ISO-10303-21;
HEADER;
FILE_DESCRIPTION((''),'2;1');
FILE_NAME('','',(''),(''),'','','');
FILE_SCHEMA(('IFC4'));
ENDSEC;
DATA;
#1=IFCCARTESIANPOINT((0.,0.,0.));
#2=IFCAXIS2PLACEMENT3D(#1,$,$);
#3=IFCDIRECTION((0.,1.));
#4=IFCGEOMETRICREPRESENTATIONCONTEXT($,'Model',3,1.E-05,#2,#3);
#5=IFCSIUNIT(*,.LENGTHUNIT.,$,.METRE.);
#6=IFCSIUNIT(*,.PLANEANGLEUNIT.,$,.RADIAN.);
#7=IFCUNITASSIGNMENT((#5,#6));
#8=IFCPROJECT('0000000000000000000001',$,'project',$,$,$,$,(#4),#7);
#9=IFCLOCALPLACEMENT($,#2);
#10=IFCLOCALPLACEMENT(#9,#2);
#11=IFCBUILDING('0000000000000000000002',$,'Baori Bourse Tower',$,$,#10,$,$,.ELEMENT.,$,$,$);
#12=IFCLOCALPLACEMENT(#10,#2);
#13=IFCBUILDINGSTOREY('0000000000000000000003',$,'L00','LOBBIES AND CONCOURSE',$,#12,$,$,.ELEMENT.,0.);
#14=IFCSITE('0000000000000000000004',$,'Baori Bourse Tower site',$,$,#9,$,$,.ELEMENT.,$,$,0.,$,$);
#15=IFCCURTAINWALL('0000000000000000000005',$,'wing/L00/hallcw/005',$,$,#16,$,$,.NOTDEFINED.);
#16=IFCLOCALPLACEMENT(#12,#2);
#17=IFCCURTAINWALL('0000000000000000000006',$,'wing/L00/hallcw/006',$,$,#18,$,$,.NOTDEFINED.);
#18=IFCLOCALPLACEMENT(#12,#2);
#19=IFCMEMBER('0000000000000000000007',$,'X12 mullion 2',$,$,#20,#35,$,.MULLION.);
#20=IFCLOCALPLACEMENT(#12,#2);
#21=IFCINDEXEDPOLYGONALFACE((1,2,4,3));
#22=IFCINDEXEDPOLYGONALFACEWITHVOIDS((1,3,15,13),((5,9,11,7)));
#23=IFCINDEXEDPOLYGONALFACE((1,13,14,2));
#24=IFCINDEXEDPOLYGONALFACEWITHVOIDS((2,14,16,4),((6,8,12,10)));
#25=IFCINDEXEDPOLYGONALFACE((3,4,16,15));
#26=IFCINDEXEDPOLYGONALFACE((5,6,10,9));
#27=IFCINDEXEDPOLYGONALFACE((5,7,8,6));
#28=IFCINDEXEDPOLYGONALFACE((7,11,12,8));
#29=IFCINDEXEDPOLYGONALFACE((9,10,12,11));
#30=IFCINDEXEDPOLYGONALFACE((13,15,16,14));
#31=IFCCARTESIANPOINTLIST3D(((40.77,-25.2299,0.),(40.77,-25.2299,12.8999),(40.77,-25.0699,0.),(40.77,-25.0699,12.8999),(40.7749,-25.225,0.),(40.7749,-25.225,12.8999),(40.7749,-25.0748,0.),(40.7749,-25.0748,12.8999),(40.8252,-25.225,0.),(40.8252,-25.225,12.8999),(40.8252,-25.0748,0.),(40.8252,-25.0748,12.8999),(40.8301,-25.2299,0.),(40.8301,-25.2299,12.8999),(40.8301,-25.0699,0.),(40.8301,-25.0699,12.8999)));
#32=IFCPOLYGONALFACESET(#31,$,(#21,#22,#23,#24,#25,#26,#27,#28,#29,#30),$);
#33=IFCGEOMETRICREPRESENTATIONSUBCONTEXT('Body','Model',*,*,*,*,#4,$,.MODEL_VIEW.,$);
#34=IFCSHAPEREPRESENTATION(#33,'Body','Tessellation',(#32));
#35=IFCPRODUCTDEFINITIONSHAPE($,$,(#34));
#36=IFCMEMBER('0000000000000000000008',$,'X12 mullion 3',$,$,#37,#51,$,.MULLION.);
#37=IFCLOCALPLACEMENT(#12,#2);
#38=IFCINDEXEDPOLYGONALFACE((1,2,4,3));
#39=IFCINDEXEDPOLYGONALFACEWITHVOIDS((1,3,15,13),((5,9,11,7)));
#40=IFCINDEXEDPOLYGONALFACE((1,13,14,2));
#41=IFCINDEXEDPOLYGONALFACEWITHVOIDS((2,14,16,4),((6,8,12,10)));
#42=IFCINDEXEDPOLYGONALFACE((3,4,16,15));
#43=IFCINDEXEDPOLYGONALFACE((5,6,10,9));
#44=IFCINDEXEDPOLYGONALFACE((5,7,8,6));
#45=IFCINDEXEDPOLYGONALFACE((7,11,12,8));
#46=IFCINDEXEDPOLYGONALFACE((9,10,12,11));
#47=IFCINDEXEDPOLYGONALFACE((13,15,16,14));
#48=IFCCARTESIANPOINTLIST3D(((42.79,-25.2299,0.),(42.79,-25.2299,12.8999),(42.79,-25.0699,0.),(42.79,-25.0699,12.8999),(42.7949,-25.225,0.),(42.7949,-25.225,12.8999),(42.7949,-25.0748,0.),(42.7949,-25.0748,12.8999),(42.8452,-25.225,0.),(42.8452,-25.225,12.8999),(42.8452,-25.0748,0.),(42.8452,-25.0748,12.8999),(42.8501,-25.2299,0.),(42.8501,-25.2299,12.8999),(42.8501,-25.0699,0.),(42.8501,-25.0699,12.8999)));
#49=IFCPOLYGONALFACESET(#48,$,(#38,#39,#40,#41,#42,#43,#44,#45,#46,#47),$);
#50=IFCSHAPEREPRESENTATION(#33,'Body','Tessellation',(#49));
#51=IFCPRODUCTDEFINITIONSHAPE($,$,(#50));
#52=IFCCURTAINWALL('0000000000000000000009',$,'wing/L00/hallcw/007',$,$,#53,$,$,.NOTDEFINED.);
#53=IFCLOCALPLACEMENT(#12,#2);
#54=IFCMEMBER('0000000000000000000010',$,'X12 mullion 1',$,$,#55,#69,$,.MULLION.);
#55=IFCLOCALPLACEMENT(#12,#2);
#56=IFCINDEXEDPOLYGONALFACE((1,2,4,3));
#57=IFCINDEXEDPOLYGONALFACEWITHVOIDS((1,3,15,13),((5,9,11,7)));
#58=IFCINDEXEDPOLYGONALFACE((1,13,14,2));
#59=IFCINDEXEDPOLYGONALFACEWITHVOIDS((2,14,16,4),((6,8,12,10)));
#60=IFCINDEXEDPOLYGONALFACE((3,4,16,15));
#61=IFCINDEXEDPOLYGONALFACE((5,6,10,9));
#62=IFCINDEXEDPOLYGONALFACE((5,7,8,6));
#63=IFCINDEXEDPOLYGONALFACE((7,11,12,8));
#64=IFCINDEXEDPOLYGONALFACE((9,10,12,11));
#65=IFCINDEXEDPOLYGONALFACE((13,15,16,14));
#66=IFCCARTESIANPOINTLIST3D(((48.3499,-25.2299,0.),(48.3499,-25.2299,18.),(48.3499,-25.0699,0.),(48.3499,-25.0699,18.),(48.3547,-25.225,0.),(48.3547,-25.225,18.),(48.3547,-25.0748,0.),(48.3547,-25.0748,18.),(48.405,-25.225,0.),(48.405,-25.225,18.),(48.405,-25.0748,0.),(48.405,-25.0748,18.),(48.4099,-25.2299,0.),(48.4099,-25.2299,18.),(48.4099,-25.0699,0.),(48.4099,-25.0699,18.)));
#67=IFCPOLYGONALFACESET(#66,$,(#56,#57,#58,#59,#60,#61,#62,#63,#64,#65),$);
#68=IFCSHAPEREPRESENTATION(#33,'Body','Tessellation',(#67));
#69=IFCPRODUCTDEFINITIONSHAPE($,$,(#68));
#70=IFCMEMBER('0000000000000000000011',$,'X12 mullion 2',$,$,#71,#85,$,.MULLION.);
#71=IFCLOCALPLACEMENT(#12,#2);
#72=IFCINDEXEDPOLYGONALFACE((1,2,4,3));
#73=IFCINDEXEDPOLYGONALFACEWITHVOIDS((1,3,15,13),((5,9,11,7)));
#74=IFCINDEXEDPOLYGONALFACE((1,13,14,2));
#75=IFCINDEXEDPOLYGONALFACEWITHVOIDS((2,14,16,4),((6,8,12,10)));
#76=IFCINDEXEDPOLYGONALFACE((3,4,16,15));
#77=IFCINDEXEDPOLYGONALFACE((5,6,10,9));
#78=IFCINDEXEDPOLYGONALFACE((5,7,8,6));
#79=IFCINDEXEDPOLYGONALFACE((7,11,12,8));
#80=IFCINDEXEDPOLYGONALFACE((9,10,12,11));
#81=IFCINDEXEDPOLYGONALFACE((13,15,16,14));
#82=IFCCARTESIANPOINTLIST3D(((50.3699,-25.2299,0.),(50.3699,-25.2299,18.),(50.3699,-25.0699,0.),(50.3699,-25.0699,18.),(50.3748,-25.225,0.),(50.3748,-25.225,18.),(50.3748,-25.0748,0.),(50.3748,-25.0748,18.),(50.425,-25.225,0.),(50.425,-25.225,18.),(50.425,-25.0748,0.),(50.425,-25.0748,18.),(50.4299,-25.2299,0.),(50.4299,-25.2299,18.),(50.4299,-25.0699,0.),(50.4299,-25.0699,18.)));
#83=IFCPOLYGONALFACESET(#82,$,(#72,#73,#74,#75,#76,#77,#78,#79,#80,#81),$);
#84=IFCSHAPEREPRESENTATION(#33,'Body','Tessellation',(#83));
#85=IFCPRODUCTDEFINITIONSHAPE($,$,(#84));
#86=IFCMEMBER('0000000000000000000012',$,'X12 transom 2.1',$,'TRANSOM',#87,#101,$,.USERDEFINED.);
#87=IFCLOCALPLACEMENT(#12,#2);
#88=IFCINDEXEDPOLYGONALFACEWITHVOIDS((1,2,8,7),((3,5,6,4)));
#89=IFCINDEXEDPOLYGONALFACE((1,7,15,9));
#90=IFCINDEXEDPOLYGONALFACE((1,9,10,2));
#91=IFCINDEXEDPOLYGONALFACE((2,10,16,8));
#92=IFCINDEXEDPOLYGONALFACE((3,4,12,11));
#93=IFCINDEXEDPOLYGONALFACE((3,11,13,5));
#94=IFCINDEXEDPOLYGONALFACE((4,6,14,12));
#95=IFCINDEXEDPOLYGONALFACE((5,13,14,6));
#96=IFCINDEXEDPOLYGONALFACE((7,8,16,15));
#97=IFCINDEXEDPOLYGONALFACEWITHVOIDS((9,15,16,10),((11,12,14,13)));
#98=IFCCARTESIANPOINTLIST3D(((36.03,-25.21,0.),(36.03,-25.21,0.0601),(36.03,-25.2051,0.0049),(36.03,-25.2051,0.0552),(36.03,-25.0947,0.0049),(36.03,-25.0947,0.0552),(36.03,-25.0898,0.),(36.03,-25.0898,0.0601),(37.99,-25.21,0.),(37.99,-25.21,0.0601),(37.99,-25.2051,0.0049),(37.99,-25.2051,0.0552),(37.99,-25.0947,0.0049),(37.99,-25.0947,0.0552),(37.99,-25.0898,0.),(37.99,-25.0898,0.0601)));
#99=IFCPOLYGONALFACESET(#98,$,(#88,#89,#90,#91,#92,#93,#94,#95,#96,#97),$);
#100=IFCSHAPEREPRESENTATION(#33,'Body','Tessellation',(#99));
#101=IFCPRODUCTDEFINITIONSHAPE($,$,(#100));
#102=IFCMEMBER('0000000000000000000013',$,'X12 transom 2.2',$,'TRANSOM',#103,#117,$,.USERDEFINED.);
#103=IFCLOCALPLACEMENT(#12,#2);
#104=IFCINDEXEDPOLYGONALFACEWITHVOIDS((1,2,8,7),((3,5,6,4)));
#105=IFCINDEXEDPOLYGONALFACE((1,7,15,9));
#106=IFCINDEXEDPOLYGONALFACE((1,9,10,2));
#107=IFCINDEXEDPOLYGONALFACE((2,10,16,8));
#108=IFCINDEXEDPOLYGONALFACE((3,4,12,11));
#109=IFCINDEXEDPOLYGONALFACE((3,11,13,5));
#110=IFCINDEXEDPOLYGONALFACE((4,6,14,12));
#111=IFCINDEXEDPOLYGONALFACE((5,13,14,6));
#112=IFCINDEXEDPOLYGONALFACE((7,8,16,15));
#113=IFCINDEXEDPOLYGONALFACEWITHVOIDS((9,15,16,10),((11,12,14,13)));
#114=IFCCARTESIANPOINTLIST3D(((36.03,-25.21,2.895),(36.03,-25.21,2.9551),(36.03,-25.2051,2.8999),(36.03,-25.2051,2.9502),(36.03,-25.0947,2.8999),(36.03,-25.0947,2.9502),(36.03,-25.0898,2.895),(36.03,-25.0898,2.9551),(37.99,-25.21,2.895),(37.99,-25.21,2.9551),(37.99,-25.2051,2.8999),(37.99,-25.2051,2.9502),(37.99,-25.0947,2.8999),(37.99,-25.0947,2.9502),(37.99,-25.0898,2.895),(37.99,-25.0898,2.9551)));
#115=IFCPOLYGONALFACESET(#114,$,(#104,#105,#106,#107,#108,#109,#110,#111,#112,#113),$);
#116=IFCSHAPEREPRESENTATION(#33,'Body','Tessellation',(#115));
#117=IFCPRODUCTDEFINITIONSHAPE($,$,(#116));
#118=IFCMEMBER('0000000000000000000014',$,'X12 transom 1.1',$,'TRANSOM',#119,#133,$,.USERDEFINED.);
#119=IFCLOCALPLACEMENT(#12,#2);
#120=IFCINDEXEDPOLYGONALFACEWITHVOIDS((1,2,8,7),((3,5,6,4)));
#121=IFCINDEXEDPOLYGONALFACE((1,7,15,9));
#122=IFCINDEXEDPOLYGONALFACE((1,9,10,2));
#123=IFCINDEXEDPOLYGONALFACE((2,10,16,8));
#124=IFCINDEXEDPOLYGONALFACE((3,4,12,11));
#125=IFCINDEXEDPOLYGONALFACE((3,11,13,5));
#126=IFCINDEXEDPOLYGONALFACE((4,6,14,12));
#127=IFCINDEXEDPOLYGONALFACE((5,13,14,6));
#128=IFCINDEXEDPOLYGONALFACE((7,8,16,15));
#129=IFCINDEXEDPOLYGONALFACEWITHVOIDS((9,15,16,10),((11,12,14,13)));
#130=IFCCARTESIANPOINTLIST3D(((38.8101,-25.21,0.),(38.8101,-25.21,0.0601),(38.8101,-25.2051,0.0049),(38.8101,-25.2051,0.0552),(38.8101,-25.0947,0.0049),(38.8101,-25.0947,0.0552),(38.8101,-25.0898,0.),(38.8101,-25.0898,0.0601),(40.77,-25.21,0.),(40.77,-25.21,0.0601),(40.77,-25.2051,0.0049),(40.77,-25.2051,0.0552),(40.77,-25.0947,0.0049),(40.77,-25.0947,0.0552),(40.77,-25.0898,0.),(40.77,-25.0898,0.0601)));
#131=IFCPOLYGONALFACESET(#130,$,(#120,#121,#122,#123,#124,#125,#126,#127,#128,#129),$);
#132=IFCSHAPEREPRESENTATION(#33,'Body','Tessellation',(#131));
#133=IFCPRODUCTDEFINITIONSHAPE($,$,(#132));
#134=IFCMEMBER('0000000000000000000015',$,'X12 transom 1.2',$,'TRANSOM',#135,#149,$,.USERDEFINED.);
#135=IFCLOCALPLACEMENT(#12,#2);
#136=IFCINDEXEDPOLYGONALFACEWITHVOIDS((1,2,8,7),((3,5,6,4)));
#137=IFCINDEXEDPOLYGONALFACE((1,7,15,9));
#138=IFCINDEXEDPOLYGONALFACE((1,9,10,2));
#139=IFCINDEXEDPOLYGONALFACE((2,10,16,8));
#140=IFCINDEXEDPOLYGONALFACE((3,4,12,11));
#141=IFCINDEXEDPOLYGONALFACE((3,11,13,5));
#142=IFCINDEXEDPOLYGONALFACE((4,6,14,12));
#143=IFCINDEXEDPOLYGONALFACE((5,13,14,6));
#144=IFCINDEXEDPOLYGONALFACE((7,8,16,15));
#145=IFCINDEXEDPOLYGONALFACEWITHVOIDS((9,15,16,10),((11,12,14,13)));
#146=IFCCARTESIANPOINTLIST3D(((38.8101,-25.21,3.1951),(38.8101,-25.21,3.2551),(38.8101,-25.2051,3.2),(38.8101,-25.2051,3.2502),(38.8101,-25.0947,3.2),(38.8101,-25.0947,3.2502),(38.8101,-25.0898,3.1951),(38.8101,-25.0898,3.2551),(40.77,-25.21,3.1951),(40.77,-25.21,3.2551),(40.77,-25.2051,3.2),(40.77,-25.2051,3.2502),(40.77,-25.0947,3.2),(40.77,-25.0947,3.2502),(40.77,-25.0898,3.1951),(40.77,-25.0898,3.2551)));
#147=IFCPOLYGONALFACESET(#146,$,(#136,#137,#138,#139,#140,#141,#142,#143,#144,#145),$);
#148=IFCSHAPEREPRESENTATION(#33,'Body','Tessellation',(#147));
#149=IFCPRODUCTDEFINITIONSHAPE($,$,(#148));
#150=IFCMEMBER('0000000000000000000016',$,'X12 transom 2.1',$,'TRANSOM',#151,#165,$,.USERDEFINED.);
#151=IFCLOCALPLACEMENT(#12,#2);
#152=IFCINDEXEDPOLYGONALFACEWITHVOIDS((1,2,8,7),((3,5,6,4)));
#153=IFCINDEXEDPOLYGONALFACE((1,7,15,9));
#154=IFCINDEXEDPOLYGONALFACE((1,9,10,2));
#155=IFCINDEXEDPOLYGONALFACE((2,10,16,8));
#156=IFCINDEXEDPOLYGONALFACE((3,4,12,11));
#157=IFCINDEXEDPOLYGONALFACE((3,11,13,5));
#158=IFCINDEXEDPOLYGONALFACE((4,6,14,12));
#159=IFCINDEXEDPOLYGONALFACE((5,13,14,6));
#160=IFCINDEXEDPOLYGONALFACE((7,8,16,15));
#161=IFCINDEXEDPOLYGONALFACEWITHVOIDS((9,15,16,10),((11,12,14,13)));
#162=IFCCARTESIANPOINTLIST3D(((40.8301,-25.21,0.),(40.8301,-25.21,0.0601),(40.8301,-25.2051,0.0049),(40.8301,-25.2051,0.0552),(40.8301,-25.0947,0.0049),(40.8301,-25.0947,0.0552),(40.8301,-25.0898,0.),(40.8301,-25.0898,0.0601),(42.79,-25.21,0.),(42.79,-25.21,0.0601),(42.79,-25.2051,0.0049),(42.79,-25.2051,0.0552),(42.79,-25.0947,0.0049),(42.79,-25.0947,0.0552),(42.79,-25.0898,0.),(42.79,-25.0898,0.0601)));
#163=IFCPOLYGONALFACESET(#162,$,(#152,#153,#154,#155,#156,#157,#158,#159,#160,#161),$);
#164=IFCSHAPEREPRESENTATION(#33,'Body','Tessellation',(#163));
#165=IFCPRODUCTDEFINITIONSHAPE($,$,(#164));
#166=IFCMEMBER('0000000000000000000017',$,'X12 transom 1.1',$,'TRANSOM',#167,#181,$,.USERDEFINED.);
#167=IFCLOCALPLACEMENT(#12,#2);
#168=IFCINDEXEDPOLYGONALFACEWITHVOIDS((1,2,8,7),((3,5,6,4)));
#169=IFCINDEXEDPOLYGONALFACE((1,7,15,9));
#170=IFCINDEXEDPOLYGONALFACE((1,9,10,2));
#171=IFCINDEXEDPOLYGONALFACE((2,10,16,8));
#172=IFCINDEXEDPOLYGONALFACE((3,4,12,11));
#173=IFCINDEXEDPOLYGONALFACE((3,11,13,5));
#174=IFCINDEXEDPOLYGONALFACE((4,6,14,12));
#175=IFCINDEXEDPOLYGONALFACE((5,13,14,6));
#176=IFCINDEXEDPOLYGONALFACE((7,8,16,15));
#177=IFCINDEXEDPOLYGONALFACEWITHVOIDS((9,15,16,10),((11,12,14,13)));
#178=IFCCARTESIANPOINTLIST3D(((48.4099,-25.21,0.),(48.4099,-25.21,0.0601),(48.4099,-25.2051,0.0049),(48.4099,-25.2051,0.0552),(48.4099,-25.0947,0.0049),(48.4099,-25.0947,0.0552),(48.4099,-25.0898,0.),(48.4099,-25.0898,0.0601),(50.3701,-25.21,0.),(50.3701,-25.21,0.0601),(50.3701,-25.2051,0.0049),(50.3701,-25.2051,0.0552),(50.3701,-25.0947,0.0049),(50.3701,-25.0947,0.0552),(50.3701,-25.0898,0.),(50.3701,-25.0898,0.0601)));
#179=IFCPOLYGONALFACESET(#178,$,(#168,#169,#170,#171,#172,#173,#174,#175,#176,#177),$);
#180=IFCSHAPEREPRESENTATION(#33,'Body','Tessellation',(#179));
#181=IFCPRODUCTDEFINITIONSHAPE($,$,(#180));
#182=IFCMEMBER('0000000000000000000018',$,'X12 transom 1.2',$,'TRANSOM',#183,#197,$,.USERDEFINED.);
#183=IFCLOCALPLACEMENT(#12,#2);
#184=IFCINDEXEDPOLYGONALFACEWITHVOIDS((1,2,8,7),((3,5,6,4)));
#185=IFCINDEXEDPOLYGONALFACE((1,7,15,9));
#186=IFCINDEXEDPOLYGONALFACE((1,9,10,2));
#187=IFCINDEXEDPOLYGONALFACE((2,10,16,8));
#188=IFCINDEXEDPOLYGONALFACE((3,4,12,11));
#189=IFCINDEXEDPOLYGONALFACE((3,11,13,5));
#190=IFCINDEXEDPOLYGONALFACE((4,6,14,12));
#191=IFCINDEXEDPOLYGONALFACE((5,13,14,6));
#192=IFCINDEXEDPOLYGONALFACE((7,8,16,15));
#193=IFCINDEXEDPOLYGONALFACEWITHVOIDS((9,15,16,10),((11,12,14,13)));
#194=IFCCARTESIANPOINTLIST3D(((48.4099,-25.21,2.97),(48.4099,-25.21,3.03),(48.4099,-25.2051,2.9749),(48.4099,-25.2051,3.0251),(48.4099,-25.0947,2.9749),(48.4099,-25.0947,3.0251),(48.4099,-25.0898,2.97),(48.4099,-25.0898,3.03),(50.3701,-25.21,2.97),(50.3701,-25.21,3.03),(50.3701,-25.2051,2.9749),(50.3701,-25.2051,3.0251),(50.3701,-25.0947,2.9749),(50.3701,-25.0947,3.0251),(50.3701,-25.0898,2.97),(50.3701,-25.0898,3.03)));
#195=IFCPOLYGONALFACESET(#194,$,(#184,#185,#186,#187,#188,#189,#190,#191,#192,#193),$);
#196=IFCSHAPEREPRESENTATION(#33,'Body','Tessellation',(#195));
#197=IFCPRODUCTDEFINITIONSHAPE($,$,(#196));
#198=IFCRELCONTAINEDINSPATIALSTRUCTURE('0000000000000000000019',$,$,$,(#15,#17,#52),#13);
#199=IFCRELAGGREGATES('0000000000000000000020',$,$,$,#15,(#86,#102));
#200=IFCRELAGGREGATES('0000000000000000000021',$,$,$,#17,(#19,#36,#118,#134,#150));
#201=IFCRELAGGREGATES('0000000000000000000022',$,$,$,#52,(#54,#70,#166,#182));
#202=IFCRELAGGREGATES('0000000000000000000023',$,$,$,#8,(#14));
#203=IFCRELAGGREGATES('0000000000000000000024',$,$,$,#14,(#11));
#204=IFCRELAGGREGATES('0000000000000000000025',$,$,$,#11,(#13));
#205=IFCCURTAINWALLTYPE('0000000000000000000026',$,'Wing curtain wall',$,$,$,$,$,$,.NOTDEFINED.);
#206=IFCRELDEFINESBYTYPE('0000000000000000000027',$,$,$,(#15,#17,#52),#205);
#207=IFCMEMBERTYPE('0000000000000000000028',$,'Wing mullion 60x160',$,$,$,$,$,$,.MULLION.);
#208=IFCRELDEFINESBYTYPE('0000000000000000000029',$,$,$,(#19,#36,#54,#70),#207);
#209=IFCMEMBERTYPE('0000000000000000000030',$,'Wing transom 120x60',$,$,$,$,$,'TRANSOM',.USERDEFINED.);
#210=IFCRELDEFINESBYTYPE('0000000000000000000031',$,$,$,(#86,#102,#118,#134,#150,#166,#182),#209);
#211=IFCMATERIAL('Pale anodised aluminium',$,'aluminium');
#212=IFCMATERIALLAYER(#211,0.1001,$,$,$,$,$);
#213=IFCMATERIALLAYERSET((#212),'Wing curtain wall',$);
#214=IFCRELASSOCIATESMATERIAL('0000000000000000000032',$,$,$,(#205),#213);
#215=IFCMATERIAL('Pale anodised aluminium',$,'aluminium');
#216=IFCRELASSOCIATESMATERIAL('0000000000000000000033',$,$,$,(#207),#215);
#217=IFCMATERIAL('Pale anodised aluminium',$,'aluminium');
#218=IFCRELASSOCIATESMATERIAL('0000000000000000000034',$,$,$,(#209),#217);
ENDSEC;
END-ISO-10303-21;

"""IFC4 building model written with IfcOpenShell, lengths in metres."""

from ifc_helpers import new_model, si_unit, direction, frame, origin, origin_2d, place, context, subcontext, project, spatial, hollow_rectangle, extrude, material, layer, layer_set, material_profile, profile_set, type_object, element, aggregate, save


model = new_model("IFC4")

# Units and contexts
model_context = context("Model", 3, precision=1e-05, world=origin(), true_north=direction((0.0, 1.0)))
body_context = subcontext(model_context, "Body", "Model", "MODEL_VIEW")
ifc_project = project(units=[si_unit("LENGTHUNIT", "METRE"), si_unit("PLANEANGLEUNIT", "RADIAN")], contexts=[model_context])

# Site, building, storey
site_placement = place(None, origin())
site = spatial("IfcSite", under=ifc_project, at=site_placement, Name="Baori Bourse Tower site", CompositionType="ELEMENT", RefElevation=0.0)
building_placement = place(site_placement, origin())
building = spatial("IfcBuilding", under=site, at=building_placement, Name="Baori Bourse Tower", CompositionType="ELEMENT")
storey_placement = place(building_placement, origin())
storey = spatial("IfcBuildingStorey", under=building, at=storey_placement, Name="L00", Description="LOBBIES AND CONCOURSE", CompositionType="ELEMENT", Elevation=0.0)

# Curtain walls, members
ifc_material_1 = material(Name="Pale anodised aluminium", Category="aluminium")
ifc_layer_1 = layer(ifc_material_1, 0.1001)
ifc_layer_set_1 = layer_set([ifc_layer_1], Name="Wing curtain wall")
curtain_wall_type = type_object("IfcCurtainWallType", Name="Wing curtain wall", PredefinedType="NOTDEFINED", material=ifc_layer_set_1)
curtain_wall_1_placement = place(storey_placement, origin())
curtain_wall_1 = element("IfcCurtainWall", 1, at=curtain_wall_1_placement, inside=storey, type_object=curtain_wall_type, Name="wing/L00/hallcw/005", PredefinedType="NOTDEFINED")
ifc_material_2 = material(Name="Pale anodised aluminium", Category="aluminium")
ifc_material_profile_1 = material_profile(ifc_material_2, hollow_rectangle(XDim=0.1599, YDim=0.0601, WallThickness=0.0049, at=origin_2d()), Name="Mullion 160x60x5")
ifc_profile_set_1 = profile_set([ifc_material_profile_1], Name="Pale anodised aluminium")
member_type_1 = type_object("IfcMemberType", Name="Wing mullion 60x160", PredefinedType="MULLION", material=ifc_profile_set_1)
curtain_wall_2_placement = place(storey_placement, origin())
curtain_wall_2 = element("IfcCurtainWall", 2, at=curtain_wall_2_placement, inside=storey, type_object=curtain_wall_type, Name="wing/L00/hallcw/006", PredefinedType="NOTDEFINED")
member_1_placement = place(storey_placement, frame((40.8, -25.1499, 0.0), z_axis=(0.0, 0.0, 1.0), x_axis=(0.0, 1.0, 0.0)))
member_1 = element("IfcMember", 3, at=member_1_placement, type_object=member_type_1, Name="X12 mullion 2", PredefinedType="MULLION", context=body_context, shape_type="SweptSolid", body=[
    extrude(hollow_rectangle(XDim=0.1599, YDim=0.0601, WallThickness=0.0049, at=origin_2d()), origin(), (0.0, 0.0, 1.0), 12.8999),
])
member_2_placement = place(storey_placement, frame((42.8201, -25.1499, 0.0), z_axis=(0.0, 0.0, 1.0), x_axis=(0.0, 1.0, 0.0)))
member_2 = element("IfcMember", 4, at=member_2_placement, type_object=member_type_1, Name="X12 mullion 3", PredefinedType="MULLION", context=body_context, shape_type="SweptSolid", body=[
    extrude(hollow_rectangle(XDim=0.1599, YDim=0.0601, WallThickness=0.0049, at=origin_2d()), origin(), (0.0, 0.0, 1.0), 12.8999),
])
curtain_wall_3_placement = place(storey_placement, origin())
curtain_wall_3 = element("IfcCurtainWall", 5, at=curtain_wall_3_placement, inside=storey, type_object=curtain_wall_type, Name="wing/L00/hallcw/007", PredefinedType="NOTDEFINED")
member_3_placement = place(storey_placement, frame((48.3799, -25.1499, 0.0), z_axis=(0.0, 0.0, 1.0), x_axis=(0.0, 1.0, 0.0)))
member_3 = element("IfcMember", 6, at=member_3_placement, type_object=member_type_1, Name="X12 mullion 1", PredefinedType="MULLION", context=body_context, shape_type="SweptSolid", body=[
    extrude(hollow_rectangle(XDim=0.1599, YDim=0.0601, WallThickness=0.0049, at=origin_2d()), origin(), (0.0, 0.0, 1.0), 18.0),
])
member_4_placement = place(storey_placement, frame((50.3999, -25.1499, 0.0), z_axis=(0.0, 0.0, 1.0), x_axis=(0.0, 1.0, 0.0)))
member_4 = element("IfcMember", 7, at=member_4_placement, type_object=member_type_1, Name="X12 mullion 2", PredefinedType="MULLION", context=body_context, shape_type="SweptSolid", body=[
    extrude(hollow_rectangle(XDim=0.1599, YDim=0.0601, WallThickness=0.0049, at=origin_2d()), origin(), (0.0, 0.0, 1.0), 18.0),
])

# Members
ifc_material_3 = material(Name="Pale anodised aluminium", Category="aluminium")
ifc_material_profile_2 = material_profile(ifc_material_3, hollow_rectangle(XDim=0.1201, YDim=0.0601, WallThickness=0.0049, at=origin_2d()), Name="Transom 120x60x5")
ifc_profile_set_2 = profile_set([ifc_material_profile_2], Name="Pale anodised aluminium")
member_type_2 = type_object("IfcMemberType", Name="Wing transom 120x60", ElementType="TRANSOM", PredefinedType="USERDEFINED", material=ifc_profile_set_2)
member_5_placement = place(storey_placement, frame((36.03, -25.1499, 0.03), z_axis=(1.0, 0.0, 0.0), x_axis=(0.0, 1.0, 0.0)))
member_5 = element("IfcMember", 8, at=member_5_placement, type_object=member_type_2, Name="X12 transom 2.1", ObjectType="TRANSOM", PredefinedType="USERDEFINED", context=body_context, shape_type="SweptSolid", body=[
    extrude(hollow_rectangle(XDim=0.1201, YDim=0.0601, WallThickness=0.0049, at=origin_2d()), origin(), (0.0, 0.0, 1.0), 1.96),
])
member_6_placement = place(storey_placement, frame((36.03, -25.1499, 2.925), z_axis=(1.0, 0.0, 0.0), x_axis=(0.0, 1.0, 0.0)))
member_6 = element("IfcMember", 9, at=member_6_placement, type_object=member_type_2, Name="X12 transom 2.2", ObjectType="TRANSOM", PredefinedType="USERDEFINED", context=body_context, shape_type="SweptSolid", body=[
    extrude(hollow_rectangle(XDim=0.1201, YDim=0.0601, WallThickness=0.0049, at=origin_2d()), origin(), (0.0, 0.0, 1.0), 1.96),
])
member_7_placement = place(storey_placement, frame((38.8101, -25.1499, 0.03), z_axis=(1.0, 0.0, 0.0), x_axis=(0.0, 1.0, 0.0)))
member_7 = element("IfcMember", 10, at=member_7_placement, type_object=member_type_2, Name="X12 transom 1.1", ObjectType="TRANSOM", PredefinedType="USERDEFINED", context=body_context, shape_type="SweptSolid", body=[
    extrude(hollow_rectangle(XDim=0.1201, YDim=0.0601, WallThickness=0.0049, at=origin_2d()), origin(), (0.0, 0.0, 1.0), 1.96),
])
member_8_placement = place(storey_placement, frame((38.8101, -25.1499, 3.2251), z_axis=(1.0, 0.0, 0.0), x_axis=(0.0, 1.0, 0.0)))
member_8 = element("IfcMember", 11, at=member_8_placement, type_object=member_type_2, Name="X12 transom 1.2", ObjectType="TRANSOM", PredefinedType="USERDEFINED", context=body_context, shape_type="SweptSolid", body=[
    extrude(hollow_rectangle(XDim=0.1201, YDim=0.0601, WallThickness=0.0049, at=origin_2d()), origin(), (0.0, 0.0, 1.0), 1.96),
])
member_9_placement = place(storey_placement, frame((40.8301, -25.1499, 0.03), z_axis=(1.0, 0.0, 0.0), x_axis=(0.0, 1.0, 0.0)))
member_9 = element("IfcMember", 12, at=member_9_placement, type_object=member_type_2, Name="X12 transom 2.1", ObjectType="TRANSOM", PredefinedType="USERDEFINED", context=body_context, shape_type="SweptSolid", body=[
    extrude(hollow_rectangle(XDim=0.1201, YDim=0.0601, WallThickness=0.0049, at=origin_2d()), origin(), (0.0, 0.0, 1.0), 1.96),
])
member_10_placement = place(storey_placement, frame((48.4099, -25.1499, 0.03), z_axis=(1.0, 0.0, 0.0), x_axis=(0.0, 1.0, 0.0)))
member_10 = element("IfcMember", 13, at=member_10_placement, type_object=member_type_2, Name="X12 transom 1.1", ObjectType="TRANSOM", PredefinedType="USERDEFINED", context=body_context, shape_type="SweptSolid", body=[
    extrude(hollow_rectangle(XDim=0.1201, YDim=0.0601, WallThickness=0.0049, at=origin_2d()), origin(), (0.0, 0.0, 1.0), 1.9602),
])
member_11_placement = place(storey_placement, frame((48.4099, -25.1499, 3.0), z_axis=(1.0, 0.0, 0.0), x_axis=(0.0, 1.0, 0.0)))
member_11 = element("IfcMember", 14, at=member_11_placement, type_object=member_type_2, Name="X12 transom 1.2", ObjectType="TRANSOM", PredefinedType="USERDEFINED", context=body_context, shape_type="SweptSolid", body=[
    extrude(hollow_rectangle(XDim=0.1201, YDim=0.0601, WallThickness=0.0049, at=origin_2d()), origin(), (0.0, 0.0, 1.0), 1.9602),
])

aggregate(curtain_wall_1, [member_5, member_6])
aggregate(curtain_wall_2, [member_1, member_2, member_7, member_8, member_9])
aggregate(curtain_wall_3, [member_3, member_4, member_10, member_11])

save(model, "model.ifc")
